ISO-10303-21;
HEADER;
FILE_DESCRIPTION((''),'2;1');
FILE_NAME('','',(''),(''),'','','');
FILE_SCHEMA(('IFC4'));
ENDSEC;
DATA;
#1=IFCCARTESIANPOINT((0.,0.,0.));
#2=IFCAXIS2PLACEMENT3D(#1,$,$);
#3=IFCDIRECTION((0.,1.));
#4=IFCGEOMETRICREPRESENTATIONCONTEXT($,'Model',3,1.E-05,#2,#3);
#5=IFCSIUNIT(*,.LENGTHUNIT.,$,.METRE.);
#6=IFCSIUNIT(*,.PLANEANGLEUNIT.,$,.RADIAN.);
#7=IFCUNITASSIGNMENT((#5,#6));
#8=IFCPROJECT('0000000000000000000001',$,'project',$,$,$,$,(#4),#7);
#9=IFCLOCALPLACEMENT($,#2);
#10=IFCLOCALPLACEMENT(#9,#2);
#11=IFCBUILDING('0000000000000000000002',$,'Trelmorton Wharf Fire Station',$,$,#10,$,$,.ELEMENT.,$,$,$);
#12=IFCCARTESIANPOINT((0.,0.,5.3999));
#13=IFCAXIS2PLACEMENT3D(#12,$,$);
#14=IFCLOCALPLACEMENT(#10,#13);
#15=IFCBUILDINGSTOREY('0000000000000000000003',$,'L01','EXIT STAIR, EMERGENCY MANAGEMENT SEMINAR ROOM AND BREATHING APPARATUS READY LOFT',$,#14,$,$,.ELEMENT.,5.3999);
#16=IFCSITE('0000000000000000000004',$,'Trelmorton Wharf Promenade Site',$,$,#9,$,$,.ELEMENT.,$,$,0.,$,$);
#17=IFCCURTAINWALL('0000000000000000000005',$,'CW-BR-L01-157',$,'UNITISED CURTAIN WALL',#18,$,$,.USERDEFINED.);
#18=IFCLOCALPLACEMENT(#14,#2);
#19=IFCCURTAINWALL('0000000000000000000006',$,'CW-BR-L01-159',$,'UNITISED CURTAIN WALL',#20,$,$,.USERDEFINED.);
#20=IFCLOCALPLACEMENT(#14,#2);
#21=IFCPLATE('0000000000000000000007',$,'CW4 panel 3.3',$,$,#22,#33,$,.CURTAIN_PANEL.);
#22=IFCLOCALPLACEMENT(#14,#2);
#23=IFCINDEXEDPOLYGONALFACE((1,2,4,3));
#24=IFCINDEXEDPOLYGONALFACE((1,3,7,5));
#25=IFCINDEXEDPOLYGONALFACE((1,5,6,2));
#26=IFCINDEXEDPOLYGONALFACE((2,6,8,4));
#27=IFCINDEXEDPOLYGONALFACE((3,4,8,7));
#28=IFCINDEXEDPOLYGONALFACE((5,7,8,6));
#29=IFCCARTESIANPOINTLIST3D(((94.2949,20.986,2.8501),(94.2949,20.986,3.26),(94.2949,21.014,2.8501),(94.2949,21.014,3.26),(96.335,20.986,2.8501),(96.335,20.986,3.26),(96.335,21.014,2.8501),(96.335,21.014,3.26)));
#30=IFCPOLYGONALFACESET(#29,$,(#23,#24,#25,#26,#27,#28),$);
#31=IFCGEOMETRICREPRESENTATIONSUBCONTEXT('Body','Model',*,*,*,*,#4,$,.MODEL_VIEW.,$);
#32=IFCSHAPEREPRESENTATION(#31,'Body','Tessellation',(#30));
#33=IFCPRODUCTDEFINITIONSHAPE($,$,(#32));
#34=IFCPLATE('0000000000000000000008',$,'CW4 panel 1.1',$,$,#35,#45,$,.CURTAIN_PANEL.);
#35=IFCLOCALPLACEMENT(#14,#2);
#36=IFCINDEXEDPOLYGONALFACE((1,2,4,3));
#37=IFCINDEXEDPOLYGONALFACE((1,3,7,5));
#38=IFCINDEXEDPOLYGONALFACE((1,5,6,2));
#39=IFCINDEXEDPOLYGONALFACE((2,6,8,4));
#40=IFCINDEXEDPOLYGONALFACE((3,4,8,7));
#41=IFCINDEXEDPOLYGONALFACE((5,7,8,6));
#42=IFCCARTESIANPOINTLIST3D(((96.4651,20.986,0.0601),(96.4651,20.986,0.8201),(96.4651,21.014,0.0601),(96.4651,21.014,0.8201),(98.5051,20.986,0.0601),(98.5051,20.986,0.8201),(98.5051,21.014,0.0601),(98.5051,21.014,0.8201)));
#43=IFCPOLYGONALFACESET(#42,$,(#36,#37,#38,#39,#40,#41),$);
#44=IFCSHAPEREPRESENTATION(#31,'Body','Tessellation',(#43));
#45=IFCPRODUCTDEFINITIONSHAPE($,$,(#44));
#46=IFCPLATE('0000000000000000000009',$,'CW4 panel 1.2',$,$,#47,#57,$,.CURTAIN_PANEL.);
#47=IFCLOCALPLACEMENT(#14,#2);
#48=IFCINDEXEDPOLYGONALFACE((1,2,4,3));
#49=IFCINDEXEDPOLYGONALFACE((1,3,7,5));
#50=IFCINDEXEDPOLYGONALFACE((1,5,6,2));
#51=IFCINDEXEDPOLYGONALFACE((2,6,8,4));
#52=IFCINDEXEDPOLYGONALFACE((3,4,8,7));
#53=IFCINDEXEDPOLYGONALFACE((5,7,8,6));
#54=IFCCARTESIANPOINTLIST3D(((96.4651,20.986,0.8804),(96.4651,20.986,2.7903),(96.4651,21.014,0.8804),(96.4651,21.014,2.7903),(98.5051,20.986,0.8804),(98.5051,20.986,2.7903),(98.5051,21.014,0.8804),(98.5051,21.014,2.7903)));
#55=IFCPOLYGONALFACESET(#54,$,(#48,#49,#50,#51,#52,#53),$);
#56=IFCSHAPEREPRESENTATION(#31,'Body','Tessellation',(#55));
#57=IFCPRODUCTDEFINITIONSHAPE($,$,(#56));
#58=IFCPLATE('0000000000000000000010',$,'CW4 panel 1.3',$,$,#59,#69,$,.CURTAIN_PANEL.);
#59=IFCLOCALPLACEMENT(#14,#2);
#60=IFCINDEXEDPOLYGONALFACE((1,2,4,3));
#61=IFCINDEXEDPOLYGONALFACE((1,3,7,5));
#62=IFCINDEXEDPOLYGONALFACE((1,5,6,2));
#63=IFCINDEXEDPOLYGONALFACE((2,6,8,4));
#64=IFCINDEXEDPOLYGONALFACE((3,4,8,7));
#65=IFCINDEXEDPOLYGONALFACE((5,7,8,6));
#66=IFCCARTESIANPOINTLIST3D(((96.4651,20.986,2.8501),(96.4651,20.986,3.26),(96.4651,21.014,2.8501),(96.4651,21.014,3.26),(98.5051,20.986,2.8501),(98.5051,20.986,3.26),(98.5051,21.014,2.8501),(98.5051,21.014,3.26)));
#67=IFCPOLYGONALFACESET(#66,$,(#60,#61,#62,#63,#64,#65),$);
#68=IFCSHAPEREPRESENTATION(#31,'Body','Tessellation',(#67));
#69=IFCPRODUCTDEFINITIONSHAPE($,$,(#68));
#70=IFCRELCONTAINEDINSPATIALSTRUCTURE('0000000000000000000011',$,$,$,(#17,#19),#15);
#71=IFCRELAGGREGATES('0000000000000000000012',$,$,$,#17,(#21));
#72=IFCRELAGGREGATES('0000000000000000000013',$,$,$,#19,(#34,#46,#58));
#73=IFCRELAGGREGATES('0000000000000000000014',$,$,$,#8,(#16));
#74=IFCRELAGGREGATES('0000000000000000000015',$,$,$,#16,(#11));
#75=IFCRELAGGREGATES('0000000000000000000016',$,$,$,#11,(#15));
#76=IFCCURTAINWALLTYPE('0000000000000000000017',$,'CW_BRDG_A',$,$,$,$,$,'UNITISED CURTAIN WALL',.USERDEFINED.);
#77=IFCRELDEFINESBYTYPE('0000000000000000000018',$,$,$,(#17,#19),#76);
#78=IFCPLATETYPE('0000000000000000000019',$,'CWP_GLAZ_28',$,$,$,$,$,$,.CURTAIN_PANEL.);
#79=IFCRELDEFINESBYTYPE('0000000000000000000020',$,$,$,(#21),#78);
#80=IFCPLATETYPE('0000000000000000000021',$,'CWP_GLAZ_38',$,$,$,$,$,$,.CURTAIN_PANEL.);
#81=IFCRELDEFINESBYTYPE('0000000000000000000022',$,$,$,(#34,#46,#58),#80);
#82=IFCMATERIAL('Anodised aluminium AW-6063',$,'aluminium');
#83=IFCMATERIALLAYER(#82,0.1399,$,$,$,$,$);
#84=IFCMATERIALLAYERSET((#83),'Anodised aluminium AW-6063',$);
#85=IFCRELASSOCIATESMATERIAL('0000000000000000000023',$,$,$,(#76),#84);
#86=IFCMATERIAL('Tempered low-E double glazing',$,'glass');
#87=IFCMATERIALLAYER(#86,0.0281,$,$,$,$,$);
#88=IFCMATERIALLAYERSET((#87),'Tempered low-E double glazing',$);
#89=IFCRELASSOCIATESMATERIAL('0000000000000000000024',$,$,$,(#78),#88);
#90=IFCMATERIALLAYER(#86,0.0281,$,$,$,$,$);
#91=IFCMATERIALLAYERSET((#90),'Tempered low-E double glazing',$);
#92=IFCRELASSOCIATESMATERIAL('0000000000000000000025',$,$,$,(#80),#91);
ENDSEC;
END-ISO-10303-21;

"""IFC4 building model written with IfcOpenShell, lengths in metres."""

from ifc_helpers import new_model, si_unit, direction, frame, origin, origin_2d, place, context, subcontext, project, spatial, rectangle, extrude, material, layer, layer_set, type_object, element, aggregate, save


model = new_model("IFC4")

# Units and contexts
model_context = context("Model", 3, precision=1e-05, world=origin(), true_north=direction((0.0, 1.0)))
body_context = subcontext(model_context, "Body", "Model", "MODEL_VIEW")
ifc_project = project(units=[si_unit("LENGTHUNIT", "METRE"), si_unit("PLANEANGLEUNIT", "RADIAN")], contexts=[model_context])

# Site, building, storey
site_placement = place(None, origin())
site = spatial("IfcSite", under=ifc_project, at=site_placement, Name="Trelmorton Wharf Promenade Site", CompositionType="ELEMENT", RefElevation=0.0)
building_placement = place(site_placement, origin())
building = spatial("IfcBuilding", under=site, at=building_placement, Name="Trelmorton Wharf Fire Station", CompositionType="ELEMENT")
storey_placement = place(building_placement, frame((0.0, 0.0, 5.3999)))
storey = spatial("IfcBuildingStorey", under=building, at=storey_placement, Name="L01", Description="EXIT STAIR, EMERGENCY MANAGEMENT SEMINAR ROOM AND BREATHING APPARATUS READY LOFT", CompositionType="ELEMENT", Elevation=5.3999)

# Curtain walls
ifc_material_1 = material(Name="Anodised aluminium AW-6063", Category="aluminium")
ifc_layer_1 = layer(ifc_material_1, 0.1399)
ifc_layer_set_1 = layer_set([ifc_layer_1], Name="Anodised aluminium AW-6063")
curtain_wall_type = type_object("IfcCurtainWallType", Name="CW_BRDG_A", ElementType="UNITISED CURTAIN WALL", PredefinedType="USERDEFINED", material=ifc_layer_set_1)
curtain_wall_1_placement = place(storey_placement, origin())
curtain_wall_1 = element("IfcCurtainWall", 1, at=curtain_wall_1_placement, inside=storey, type_object=curtain_wall_type, Name="CW-BR-L01-157", ObjectType="UNITISED CURTAIN WALL", PredefinedType="USERDEFINED")
curtain_wall_2_placement = place(storey_placement, origin())
curtain_wall_2 = element("IfcCurtainWall", 2, at=curtain_wall_2_placement, inside=storey, type_object=curtain_wall_type, Name="CW-BR-L01-159", ObjectType="UNITISED CURTAIN WALL", PredefinedType="USERDEFINED")

# Plates
ifc_material_2 = material(Name="Tempered low-E double glazing", Category="glass")
ifc_layer_2 = layer(ifc_material_2, 0.0281)
ifc_layer_set_2 = layer_set([ifc_layer_2], Name="Tempered low-E double glazing")
plate_type_1 = type_object("IfcPlateType", Name="CWP_GLAZ_28", PredefinedType="CURTAIN_PANEL", material=ifc_layer_set_2)
plate_1_placement = place(storey_placement, frame((95.3149, 21.0, 2.8501), z_axis=(0.0, 0.0, 1.0), x_axis=(1.0, 0.0, 0.0)))
plate_1 = element("IfcPlate", 3, at=plate_1_placement, type_object=plate_type_1, Name="CW4 panel 3.3", PredefinedType="CURTAIN_PANEL", context=body_context, shape_type="SweptSolid", body=[
    extrude(rectangle(XDim=2.04, YDim=0.0281, at=origin_2d()), origin(), (0.0, 0.0, 1.0), 0.4099),
])
aggregate(curtain_wall_1, [plate_1])
ifc_layer_3 = layer(ifc_material_2, 0.0281)
ifc_layer_set_3 = layer_set([ifc_layer_3], Name="Tempered low-E double glazing")
plate_type_2 = type_object("IfcPlateType", Name="CWP_GLAZ_38", PredefinedType="CURTAIN_PANEL", material=ifc_layer_set_3)
plate_2_placement = place(storey_placement, frame((97.4851, 21.0, 0.0601), z_axis=(0.0, 0.0, 1.0), x_axis=(1.0, 0.0, 0.0)))
plate_2 = element("IfcPlate", 4, at=plate_2_placement, type_object=plate_type_2, Name="CW4 panel 1.1", PredefinedType="CURTAIN_PANEL", context=body_context, shape_type="SweptSolid", body=[
    extrude(rectangle(XDim=2.04, YDim=0.0281, at=origin_2d()), origin(), (0.0, 0.0, 1.0), 0.76),
])
plate_3_placement = place(storey_placement, frame((97.4851, 21.0, 0.8804), z_axis=(0.0, 0.0, 1.0), x_axis=(1.0, 0.0, 0.0)))
plate_3 = element("IfcPlate", 5, at=plate_3_placement, type_object=plate_type_2, Name="CW4 panel 1.2", PredefinedType="CURTAIN_PANEL", context=body_context, shape_type="SweptSolid", body=[
    extrude(rectangle(XDim=2.04, YDim=0.0281, at=origin_2d()), origin(), (0.0, 0.0, 1.0), 1.9099),
])
plate_4_placement = place(storey_placement, frame((97.4851, 21.0, 2.8501), z_axis=(0.0, 0.0, 1.0), x_axis=(1.0, 0.0, 0.0)))
plate_4 = element("IfcPlate", 6, at=plate_4_placement, type_object=plate_type_2, Name="CW4 panel 1.3", PredefinedType="CURTAIN_PANEL", context=body_context, shape_type="SweptSolid", body=[
    extrude(rectangle(XDim=2.04, YDim=0.0281, at=origin_2d()), origin(), (0.0, 0.0, 1.0), 0.4099),
])
aggregate(curtain_wall_2, [plate_2, plate_3, plate_4])

save(model, "model.ifc")
